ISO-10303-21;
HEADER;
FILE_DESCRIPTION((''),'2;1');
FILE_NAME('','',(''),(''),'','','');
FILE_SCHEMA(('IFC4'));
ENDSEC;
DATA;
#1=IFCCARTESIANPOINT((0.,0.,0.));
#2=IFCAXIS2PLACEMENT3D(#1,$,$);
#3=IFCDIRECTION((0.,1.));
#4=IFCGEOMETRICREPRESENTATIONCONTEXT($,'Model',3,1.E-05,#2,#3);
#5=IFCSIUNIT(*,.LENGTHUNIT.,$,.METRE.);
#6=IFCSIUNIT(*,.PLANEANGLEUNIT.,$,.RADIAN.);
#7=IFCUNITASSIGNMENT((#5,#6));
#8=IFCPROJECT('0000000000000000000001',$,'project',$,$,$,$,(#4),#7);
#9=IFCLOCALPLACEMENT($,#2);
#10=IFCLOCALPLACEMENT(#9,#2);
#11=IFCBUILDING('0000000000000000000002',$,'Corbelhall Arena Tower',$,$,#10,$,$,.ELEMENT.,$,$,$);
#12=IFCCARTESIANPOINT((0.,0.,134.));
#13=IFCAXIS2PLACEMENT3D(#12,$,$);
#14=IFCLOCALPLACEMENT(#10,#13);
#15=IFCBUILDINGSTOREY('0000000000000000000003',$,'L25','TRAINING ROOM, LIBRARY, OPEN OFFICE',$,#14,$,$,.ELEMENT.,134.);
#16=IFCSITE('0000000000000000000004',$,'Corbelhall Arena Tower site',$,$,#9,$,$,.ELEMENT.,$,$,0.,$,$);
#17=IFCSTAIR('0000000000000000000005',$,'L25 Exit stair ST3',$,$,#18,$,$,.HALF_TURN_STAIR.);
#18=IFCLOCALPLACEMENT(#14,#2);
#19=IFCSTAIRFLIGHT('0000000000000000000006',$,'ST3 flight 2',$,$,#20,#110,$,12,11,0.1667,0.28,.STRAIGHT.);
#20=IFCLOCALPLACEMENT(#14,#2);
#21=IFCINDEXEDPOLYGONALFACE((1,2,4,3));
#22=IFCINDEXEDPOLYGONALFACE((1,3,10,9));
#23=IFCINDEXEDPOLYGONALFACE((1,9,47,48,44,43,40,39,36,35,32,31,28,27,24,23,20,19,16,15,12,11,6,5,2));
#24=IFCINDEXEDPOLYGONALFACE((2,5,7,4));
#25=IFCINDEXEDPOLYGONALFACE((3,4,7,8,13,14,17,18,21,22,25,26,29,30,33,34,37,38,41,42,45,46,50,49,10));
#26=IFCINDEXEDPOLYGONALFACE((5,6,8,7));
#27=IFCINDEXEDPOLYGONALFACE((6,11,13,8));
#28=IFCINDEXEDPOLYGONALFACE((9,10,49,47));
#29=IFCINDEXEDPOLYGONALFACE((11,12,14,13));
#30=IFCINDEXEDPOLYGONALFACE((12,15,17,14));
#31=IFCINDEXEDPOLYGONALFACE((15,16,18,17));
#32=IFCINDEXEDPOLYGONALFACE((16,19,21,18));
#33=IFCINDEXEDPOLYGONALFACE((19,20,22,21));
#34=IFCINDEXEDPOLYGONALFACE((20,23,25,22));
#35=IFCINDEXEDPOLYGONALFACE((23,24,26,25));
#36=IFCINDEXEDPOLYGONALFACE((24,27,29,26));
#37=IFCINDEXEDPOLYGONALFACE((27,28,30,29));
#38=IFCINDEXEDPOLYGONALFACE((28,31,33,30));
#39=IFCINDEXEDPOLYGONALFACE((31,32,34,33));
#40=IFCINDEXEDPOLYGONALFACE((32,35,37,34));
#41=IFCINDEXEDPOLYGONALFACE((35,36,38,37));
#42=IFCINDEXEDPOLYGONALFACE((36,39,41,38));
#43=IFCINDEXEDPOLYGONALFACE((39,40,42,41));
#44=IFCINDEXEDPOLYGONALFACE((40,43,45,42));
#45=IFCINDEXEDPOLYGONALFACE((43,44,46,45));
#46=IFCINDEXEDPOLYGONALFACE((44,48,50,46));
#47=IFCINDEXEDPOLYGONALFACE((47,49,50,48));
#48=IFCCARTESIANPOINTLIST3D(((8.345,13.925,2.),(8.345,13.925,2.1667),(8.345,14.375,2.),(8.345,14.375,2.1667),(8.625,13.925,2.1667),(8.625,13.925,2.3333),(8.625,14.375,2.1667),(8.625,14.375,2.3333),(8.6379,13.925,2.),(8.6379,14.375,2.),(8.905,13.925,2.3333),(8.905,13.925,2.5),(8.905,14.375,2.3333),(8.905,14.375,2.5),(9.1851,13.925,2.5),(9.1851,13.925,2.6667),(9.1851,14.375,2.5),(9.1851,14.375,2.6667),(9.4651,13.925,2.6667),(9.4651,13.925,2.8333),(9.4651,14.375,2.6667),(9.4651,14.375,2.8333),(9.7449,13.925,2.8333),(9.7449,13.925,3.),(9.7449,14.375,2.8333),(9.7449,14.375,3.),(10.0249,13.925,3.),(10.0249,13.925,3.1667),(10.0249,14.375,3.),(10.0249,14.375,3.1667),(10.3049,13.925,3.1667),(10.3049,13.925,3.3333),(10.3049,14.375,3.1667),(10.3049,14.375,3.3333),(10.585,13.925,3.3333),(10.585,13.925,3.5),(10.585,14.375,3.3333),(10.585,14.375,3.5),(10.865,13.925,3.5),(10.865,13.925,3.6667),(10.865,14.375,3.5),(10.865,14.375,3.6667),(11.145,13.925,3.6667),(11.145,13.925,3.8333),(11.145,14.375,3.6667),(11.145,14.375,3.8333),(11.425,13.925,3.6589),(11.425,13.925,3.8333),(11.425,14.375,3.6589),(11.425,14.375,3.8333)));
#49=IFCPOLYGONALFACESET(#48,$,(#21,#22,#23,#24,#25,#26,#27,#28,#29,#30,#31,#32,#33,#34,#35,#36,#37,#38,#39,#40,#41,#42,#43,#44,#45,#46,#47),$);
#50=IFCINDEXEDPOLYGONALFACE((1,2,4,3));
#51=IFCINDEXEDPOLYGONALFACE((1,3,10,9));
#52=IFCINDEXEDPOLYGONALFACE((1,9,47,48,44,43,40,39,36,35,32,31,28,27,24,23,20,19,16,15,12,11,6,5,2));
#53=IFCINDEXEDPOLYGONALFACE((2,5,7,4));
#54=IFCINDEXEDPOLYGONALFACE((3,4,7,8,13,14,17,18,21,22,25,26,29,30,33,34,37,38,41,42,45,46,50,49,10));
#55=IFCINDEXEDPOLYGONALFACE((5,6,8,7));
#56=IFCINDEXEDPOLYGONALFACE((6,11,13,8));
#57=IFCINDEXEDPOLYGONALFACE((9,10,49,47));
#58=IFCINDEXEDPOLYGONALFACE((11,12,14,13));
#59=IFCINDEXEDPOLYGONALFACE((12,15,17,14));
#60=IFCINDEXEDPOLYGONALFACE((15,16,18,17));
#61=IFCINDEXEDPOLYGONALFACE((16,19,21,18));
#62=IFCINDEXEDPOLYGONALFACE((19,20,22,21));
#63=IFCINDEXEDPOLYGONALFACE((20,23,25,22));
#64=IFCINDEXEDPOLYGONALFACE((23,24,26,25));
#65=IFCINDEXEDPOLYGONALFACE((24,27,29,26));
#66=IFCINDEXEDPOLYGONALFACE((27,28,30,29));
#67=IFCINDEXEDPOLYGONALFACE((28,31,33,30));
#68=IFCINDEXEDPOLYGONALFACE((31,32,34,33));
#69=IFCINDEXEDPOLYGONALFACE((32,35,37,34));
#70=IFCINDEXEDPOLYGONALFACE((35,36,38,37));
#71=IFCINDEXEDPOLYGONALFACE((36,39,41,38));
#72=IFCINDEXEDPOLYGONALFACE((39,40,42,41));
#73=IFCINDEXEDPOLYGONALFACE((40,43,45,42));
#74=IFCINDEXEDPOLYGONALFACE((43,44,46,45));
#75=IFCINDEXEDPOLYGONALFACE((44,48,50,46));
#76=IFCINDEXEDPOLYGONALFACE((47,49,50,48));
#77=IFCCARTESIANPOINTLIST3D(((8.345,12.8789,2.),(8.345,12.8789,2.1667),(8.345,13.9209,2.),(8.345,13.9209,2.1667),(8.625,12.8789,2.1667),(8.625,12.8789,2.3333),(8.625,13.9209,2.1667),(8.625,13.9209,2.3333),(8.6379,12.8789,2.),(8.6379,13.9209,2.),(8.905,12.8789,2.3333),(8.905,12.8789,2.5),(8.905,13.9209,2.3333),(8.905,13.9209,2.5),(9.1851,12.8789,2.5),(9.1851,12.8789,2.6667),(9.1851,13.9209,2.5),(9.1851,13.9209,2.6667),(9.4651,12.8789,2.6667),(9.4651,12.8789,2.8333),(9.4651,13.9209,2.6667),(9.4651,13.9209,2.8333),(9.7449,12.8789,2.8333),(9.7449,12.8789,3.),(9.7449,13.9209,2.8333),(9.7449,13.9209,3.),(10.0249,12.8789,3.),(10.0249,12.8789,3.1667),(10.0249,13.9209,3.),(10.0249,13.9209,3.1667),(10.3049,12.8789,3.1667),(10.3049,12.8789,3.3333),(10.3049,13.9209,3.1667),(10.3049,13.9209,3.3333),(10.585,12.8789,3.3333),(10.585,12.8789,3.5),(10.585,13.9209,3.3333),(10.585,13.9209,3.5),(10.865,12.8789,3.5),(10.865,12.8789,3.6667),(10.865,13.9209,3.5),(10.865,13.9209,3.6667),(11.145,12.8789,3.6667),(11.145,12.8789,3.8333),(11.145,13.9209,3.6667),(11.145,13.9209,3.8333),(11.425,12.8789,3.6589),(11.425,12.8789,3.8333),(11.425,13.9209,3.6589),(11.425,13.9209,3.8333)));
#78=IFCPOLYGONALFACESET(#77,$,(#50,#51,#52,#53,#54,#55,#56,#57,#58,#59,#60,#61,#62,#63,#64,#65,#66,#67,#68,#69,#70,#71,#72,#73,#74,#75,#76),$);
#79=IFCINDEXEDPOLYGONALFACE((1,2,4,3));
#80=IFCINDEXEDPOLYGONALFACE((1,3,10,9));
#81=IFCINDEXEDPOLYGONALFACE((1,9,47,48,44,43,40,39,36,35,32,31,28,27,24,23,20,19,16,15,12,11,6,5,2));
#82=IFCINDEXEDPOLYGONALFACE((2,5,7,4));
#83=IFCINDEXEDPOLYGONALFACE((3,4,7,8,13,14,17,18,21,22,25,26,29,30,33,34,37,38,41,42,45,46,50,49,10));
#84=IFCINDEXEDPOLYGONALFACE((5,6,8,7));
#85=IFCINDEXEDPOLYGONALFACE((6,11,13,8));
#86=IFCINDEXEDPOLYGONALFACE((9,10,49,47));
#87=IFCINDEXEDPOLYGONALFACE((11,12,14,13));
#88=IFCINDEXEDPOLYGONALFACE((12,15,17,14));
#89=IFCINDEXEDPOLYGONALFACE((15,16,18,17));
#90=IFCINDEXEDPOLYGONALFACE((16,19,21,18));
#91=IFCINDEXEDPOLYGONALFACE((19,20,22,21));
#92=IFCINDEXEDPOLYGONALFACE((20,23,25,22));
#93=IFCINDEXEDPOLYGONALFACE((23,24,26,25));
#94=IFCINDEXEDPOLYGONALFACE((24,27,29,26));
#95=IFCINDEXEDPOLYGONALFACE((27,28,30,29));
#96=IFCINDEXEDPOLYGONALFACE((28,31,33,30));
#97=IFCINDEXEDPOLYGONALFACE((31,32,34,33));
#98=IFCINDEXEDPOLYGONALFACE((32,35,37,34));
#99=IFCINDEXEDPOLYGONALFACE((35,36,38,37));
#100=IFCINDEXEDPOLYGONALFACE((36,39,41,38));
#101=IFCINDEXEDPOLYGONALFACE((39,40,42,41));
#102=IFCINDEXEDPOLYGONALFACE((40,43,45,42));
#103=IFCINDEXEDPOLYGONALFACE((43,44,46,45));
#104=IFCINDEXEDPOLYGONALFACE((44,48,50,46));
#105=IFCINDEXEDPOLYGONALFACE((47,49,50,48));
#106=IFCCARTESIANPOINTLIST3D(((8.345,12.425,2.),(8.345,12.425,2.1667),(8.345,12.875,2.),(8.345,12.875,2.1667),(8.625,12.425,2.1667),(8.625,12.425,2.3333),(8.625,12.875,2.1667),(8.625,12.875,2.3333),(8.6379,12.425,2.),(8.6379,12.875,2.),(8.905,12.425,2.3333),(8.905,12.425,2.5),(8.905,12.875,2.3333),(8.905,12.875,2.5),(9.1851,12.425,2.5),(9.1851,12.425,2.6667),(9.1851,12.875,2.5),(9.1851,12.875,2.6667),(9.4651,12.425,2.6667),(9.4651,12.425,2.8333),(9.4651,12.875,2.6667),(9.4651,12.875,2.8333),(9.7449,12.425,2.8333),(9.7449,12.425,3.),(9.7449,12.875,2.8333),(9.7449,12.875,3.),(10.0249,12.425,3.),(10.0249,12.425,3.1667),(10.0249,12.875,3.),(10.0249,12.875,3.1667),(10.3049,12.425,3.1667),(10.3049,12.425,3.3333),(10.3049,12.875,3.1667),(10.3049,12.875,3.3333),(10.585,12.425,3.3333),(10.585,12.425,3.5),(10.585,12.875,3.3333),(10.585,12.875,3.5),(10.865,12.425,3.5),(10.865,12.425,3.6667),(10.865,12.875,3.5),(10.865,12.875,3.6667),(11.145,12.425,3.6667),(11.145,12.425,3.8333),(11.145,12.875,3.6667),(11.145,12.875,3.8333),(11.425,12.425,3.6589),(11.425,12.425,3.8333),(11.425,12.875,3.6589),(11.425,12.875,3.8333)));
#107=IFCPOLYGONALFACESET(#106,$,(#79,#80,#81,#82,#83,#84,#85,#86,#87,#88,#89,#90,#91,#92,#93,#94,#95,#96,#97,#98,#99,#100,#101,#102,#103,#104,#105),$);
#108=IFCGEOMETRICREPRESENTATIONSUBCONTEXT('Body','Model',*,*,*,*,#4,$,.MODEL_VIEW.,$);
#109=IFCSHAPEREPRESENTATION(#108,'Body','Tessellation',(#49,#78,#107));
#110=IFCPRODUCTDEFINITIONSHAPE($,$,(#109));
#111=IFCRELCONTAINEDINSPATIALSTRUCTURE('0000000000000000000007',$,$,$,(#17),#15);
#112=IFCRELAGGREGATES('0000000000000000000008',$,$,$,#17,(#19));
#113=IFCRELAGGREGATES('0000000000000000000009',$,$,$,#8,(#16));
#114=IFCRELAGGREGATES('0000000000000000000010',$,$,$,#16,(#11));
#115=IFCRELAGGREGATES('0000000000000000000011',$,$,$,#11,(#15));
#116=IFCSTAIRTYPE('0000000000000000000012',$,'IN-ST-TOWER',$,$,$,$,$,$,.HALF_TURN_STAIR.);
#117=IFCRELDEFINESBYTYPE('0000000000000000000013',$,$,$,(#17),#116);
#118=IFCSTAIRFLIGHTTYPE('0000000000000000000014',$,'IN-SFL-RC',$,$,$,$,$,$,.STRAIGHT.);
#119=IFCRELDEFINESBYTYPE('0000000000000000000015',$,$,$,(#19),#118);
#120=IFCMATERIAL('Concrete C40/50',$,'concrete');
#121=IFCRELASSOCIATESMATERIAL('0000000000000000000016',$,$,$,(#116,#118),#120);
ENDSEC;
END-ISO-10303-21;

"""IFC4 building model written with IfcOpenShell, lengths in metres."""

from ifc_helpers import new_model, si_unit, direction, frame, origin, place, context, subcontext, project, spatial, polyline, outline, extrude, material, type_object, element, aggregate, save


model = new_model("IFC4")

# Units and contexts
model_context = context("Model", 3, precision=1e-05, world=origin(), true_north=direction((0.0, 1.0)))
body_context = subcontext(model_context, "Body", "Model", "MODEL_VIEW")
ifc_project = project(units=[si_unit("LENGTHUNIT", "METRE"), si_unit("PLANEANGLEUNIT", "RADIAN")], contexts=[model_context])

# Site, building, storey
site_placement = place(None, origin())
site = spatial("IfcSite", under=ifc_project, at=site_placement, Name="Corbelhall Arena Tower site", CompositionType="ELEMENT", RefElevation=0.0)
building_placement = place(site_placement, origin())
building = spatial("IfcBuilding", under=site, at=building_placement, Name="Corbelhall Arena Tower", CompositionType="ELEMENT")
storey_placement = place(building_placement, frame((0.0, 0.0, 134.0)))
storey = spatial("IfcBuildingStorey", under=building, at=storey_placement, Name="L25", Description="TRAINING ROOM, LIBRARY, OPEN OFFICE", CompositionType="ELEMENT", Elevation=134.0)

# Shared definitions
ifc_material_1 = material(Name="Concrete C40/50", Category="concrete")

# Stair, stair flight
stair_type = type_object("IfcStairType", Name="IN-ST-TOWER", PredefinedType="HALF_TURN_STAIR", material=ifc_material_1)
stair_placement = place(storey_placement, origin())
stair = element("IfcStair", 1, at=stair_placement, inside=storey, type_object=stair_type, Name="L25 Exit stair ST3", PredefinedType="HALF_TURN_STAIR")
stair_flight_type = type_object("IfcStairFlightType", Name="IN-SFL-RC", PredefinedType="STRAIGHT", material=ifc_material_1)
stair_flight_1_placement = place(storey_placement, frame((8.345, 13.3999, 2.0), z_axis=(0.0, 0.0, 1.0), x_axis=(1.0, 0.0, 0.0)))
stair_flight_1 = element("IfcStairFlight", 2, at=stair_flight_1_placement, type_object=stair_flight_type, Name="ST3 flight 2", NumberOfRisers=12, NumberOfTreads=11, PredefinedType="STRAIGHT", RiserHeight=0.1667, TreadLength=0.28, context=body_context, shape_type="SweptSolid", body=[
    extrude(outline(polyline([(0.0, 0.0), (0.0, 0.1667), (0.28, 0.1667), (0.28, 0.3333), (0.5601, 0.3333), (0.5601, 0.5), (0.8401, 0.5), (0.8401, 0.6667), (1.1201, 0.6667), (1.1201, 0.8333), (1.3999, 0.8333), (1.3999, 1.0), (1.6799, 1.0), (1.6799, 1.1667), (1.96, 1.1667), (1.96, 1.3333), (2.24, 1.3333), (2.24, 1.5), (2.52, 1.5), (2.52, 1.6667), (2.8, 1.6667), (2.8, 1.8333), (3.0801, 1.8333), (3.0801, 2.0), (3.0801, 1.6589), (0.293, 0.0), (0.0, 0.0)])), frame((0.0, 0.9751, 0.0), z_axis=(0.0, -1.0, 0.0), x_axis=(1.0, 0.0, 0.0)), (0.0, 0.0, 1.0), 0.45),
    extrude(outline(polyline([(0.0, 0.0), (0.0, 0.1667), (0.28, 0.1667), (0.28, 0.3333), (0.5601, 0.3333), (0.5601, 0.5), (0.8401, 0.5), (0.8401, 0.6667), (1.1201, 0.6667), (1.1201, 0.8333), (1.3999, 0.8333), (1.3999, 1.0), (1.6799, 1.0), (1.6799, 1.1667), (1.96, 1.1667), (1.96, 1.3333), (2.24, 1.3333), (2.24, 1.5), (2.52, 1.5), (2.52, 1.6667), (2.8, 1.6667), (2.8, 1.8333), (3.0801, 1.8333), (3.0801, 2.0), (3.0801, 1.6589), (0.293, 0.0), (0.0, 0.0)])), frame((0.0, 0.521, 0.0), z_axis=(0.0, -1.0, 0.0), x_axis=(1.0, 0.0, 0.0)), (0.0, 0.0, 1.0), 1.042),
    extrude(outline(polyline([(0.0, 0.0), (0.0, 0.1667), (0.28, 0.1667), (0.28, 0.3333), (0.5601, 0.3333), (0.5601, 0.5), (0.8401, 0.5), (0.8401, 0.6667), (1.1201, 0.6667), (1.1201, 0.8333), (1.3999, 0.8333), (1.3999, 1.0), (1.6799, 1.0), (1.6799, 1.1667), (1.96, 1.1667), (1.96, 1.3333), (2.24, 1.3333), (2.24, 1.5), (2.52, 1.5), (2.52, 1.6667), (2.8, 1.6667), (2.8, 1.8333), (3.0801, 1.8333), (3.0801, 2.0), (3.0801, 1.6589), (0.293, 0.0), (0.0, 0.0)])), frame((0.0, -0.5249, 0.0), z_axis=(0.0, -1.0, 0.0), x_axis=(1.0, 0.0, 0.0)), (0.0, 0.0, 1.0), 0.45),
])
aggregate(stair, [stair_flight_1])

save(model, "model.ifc")
